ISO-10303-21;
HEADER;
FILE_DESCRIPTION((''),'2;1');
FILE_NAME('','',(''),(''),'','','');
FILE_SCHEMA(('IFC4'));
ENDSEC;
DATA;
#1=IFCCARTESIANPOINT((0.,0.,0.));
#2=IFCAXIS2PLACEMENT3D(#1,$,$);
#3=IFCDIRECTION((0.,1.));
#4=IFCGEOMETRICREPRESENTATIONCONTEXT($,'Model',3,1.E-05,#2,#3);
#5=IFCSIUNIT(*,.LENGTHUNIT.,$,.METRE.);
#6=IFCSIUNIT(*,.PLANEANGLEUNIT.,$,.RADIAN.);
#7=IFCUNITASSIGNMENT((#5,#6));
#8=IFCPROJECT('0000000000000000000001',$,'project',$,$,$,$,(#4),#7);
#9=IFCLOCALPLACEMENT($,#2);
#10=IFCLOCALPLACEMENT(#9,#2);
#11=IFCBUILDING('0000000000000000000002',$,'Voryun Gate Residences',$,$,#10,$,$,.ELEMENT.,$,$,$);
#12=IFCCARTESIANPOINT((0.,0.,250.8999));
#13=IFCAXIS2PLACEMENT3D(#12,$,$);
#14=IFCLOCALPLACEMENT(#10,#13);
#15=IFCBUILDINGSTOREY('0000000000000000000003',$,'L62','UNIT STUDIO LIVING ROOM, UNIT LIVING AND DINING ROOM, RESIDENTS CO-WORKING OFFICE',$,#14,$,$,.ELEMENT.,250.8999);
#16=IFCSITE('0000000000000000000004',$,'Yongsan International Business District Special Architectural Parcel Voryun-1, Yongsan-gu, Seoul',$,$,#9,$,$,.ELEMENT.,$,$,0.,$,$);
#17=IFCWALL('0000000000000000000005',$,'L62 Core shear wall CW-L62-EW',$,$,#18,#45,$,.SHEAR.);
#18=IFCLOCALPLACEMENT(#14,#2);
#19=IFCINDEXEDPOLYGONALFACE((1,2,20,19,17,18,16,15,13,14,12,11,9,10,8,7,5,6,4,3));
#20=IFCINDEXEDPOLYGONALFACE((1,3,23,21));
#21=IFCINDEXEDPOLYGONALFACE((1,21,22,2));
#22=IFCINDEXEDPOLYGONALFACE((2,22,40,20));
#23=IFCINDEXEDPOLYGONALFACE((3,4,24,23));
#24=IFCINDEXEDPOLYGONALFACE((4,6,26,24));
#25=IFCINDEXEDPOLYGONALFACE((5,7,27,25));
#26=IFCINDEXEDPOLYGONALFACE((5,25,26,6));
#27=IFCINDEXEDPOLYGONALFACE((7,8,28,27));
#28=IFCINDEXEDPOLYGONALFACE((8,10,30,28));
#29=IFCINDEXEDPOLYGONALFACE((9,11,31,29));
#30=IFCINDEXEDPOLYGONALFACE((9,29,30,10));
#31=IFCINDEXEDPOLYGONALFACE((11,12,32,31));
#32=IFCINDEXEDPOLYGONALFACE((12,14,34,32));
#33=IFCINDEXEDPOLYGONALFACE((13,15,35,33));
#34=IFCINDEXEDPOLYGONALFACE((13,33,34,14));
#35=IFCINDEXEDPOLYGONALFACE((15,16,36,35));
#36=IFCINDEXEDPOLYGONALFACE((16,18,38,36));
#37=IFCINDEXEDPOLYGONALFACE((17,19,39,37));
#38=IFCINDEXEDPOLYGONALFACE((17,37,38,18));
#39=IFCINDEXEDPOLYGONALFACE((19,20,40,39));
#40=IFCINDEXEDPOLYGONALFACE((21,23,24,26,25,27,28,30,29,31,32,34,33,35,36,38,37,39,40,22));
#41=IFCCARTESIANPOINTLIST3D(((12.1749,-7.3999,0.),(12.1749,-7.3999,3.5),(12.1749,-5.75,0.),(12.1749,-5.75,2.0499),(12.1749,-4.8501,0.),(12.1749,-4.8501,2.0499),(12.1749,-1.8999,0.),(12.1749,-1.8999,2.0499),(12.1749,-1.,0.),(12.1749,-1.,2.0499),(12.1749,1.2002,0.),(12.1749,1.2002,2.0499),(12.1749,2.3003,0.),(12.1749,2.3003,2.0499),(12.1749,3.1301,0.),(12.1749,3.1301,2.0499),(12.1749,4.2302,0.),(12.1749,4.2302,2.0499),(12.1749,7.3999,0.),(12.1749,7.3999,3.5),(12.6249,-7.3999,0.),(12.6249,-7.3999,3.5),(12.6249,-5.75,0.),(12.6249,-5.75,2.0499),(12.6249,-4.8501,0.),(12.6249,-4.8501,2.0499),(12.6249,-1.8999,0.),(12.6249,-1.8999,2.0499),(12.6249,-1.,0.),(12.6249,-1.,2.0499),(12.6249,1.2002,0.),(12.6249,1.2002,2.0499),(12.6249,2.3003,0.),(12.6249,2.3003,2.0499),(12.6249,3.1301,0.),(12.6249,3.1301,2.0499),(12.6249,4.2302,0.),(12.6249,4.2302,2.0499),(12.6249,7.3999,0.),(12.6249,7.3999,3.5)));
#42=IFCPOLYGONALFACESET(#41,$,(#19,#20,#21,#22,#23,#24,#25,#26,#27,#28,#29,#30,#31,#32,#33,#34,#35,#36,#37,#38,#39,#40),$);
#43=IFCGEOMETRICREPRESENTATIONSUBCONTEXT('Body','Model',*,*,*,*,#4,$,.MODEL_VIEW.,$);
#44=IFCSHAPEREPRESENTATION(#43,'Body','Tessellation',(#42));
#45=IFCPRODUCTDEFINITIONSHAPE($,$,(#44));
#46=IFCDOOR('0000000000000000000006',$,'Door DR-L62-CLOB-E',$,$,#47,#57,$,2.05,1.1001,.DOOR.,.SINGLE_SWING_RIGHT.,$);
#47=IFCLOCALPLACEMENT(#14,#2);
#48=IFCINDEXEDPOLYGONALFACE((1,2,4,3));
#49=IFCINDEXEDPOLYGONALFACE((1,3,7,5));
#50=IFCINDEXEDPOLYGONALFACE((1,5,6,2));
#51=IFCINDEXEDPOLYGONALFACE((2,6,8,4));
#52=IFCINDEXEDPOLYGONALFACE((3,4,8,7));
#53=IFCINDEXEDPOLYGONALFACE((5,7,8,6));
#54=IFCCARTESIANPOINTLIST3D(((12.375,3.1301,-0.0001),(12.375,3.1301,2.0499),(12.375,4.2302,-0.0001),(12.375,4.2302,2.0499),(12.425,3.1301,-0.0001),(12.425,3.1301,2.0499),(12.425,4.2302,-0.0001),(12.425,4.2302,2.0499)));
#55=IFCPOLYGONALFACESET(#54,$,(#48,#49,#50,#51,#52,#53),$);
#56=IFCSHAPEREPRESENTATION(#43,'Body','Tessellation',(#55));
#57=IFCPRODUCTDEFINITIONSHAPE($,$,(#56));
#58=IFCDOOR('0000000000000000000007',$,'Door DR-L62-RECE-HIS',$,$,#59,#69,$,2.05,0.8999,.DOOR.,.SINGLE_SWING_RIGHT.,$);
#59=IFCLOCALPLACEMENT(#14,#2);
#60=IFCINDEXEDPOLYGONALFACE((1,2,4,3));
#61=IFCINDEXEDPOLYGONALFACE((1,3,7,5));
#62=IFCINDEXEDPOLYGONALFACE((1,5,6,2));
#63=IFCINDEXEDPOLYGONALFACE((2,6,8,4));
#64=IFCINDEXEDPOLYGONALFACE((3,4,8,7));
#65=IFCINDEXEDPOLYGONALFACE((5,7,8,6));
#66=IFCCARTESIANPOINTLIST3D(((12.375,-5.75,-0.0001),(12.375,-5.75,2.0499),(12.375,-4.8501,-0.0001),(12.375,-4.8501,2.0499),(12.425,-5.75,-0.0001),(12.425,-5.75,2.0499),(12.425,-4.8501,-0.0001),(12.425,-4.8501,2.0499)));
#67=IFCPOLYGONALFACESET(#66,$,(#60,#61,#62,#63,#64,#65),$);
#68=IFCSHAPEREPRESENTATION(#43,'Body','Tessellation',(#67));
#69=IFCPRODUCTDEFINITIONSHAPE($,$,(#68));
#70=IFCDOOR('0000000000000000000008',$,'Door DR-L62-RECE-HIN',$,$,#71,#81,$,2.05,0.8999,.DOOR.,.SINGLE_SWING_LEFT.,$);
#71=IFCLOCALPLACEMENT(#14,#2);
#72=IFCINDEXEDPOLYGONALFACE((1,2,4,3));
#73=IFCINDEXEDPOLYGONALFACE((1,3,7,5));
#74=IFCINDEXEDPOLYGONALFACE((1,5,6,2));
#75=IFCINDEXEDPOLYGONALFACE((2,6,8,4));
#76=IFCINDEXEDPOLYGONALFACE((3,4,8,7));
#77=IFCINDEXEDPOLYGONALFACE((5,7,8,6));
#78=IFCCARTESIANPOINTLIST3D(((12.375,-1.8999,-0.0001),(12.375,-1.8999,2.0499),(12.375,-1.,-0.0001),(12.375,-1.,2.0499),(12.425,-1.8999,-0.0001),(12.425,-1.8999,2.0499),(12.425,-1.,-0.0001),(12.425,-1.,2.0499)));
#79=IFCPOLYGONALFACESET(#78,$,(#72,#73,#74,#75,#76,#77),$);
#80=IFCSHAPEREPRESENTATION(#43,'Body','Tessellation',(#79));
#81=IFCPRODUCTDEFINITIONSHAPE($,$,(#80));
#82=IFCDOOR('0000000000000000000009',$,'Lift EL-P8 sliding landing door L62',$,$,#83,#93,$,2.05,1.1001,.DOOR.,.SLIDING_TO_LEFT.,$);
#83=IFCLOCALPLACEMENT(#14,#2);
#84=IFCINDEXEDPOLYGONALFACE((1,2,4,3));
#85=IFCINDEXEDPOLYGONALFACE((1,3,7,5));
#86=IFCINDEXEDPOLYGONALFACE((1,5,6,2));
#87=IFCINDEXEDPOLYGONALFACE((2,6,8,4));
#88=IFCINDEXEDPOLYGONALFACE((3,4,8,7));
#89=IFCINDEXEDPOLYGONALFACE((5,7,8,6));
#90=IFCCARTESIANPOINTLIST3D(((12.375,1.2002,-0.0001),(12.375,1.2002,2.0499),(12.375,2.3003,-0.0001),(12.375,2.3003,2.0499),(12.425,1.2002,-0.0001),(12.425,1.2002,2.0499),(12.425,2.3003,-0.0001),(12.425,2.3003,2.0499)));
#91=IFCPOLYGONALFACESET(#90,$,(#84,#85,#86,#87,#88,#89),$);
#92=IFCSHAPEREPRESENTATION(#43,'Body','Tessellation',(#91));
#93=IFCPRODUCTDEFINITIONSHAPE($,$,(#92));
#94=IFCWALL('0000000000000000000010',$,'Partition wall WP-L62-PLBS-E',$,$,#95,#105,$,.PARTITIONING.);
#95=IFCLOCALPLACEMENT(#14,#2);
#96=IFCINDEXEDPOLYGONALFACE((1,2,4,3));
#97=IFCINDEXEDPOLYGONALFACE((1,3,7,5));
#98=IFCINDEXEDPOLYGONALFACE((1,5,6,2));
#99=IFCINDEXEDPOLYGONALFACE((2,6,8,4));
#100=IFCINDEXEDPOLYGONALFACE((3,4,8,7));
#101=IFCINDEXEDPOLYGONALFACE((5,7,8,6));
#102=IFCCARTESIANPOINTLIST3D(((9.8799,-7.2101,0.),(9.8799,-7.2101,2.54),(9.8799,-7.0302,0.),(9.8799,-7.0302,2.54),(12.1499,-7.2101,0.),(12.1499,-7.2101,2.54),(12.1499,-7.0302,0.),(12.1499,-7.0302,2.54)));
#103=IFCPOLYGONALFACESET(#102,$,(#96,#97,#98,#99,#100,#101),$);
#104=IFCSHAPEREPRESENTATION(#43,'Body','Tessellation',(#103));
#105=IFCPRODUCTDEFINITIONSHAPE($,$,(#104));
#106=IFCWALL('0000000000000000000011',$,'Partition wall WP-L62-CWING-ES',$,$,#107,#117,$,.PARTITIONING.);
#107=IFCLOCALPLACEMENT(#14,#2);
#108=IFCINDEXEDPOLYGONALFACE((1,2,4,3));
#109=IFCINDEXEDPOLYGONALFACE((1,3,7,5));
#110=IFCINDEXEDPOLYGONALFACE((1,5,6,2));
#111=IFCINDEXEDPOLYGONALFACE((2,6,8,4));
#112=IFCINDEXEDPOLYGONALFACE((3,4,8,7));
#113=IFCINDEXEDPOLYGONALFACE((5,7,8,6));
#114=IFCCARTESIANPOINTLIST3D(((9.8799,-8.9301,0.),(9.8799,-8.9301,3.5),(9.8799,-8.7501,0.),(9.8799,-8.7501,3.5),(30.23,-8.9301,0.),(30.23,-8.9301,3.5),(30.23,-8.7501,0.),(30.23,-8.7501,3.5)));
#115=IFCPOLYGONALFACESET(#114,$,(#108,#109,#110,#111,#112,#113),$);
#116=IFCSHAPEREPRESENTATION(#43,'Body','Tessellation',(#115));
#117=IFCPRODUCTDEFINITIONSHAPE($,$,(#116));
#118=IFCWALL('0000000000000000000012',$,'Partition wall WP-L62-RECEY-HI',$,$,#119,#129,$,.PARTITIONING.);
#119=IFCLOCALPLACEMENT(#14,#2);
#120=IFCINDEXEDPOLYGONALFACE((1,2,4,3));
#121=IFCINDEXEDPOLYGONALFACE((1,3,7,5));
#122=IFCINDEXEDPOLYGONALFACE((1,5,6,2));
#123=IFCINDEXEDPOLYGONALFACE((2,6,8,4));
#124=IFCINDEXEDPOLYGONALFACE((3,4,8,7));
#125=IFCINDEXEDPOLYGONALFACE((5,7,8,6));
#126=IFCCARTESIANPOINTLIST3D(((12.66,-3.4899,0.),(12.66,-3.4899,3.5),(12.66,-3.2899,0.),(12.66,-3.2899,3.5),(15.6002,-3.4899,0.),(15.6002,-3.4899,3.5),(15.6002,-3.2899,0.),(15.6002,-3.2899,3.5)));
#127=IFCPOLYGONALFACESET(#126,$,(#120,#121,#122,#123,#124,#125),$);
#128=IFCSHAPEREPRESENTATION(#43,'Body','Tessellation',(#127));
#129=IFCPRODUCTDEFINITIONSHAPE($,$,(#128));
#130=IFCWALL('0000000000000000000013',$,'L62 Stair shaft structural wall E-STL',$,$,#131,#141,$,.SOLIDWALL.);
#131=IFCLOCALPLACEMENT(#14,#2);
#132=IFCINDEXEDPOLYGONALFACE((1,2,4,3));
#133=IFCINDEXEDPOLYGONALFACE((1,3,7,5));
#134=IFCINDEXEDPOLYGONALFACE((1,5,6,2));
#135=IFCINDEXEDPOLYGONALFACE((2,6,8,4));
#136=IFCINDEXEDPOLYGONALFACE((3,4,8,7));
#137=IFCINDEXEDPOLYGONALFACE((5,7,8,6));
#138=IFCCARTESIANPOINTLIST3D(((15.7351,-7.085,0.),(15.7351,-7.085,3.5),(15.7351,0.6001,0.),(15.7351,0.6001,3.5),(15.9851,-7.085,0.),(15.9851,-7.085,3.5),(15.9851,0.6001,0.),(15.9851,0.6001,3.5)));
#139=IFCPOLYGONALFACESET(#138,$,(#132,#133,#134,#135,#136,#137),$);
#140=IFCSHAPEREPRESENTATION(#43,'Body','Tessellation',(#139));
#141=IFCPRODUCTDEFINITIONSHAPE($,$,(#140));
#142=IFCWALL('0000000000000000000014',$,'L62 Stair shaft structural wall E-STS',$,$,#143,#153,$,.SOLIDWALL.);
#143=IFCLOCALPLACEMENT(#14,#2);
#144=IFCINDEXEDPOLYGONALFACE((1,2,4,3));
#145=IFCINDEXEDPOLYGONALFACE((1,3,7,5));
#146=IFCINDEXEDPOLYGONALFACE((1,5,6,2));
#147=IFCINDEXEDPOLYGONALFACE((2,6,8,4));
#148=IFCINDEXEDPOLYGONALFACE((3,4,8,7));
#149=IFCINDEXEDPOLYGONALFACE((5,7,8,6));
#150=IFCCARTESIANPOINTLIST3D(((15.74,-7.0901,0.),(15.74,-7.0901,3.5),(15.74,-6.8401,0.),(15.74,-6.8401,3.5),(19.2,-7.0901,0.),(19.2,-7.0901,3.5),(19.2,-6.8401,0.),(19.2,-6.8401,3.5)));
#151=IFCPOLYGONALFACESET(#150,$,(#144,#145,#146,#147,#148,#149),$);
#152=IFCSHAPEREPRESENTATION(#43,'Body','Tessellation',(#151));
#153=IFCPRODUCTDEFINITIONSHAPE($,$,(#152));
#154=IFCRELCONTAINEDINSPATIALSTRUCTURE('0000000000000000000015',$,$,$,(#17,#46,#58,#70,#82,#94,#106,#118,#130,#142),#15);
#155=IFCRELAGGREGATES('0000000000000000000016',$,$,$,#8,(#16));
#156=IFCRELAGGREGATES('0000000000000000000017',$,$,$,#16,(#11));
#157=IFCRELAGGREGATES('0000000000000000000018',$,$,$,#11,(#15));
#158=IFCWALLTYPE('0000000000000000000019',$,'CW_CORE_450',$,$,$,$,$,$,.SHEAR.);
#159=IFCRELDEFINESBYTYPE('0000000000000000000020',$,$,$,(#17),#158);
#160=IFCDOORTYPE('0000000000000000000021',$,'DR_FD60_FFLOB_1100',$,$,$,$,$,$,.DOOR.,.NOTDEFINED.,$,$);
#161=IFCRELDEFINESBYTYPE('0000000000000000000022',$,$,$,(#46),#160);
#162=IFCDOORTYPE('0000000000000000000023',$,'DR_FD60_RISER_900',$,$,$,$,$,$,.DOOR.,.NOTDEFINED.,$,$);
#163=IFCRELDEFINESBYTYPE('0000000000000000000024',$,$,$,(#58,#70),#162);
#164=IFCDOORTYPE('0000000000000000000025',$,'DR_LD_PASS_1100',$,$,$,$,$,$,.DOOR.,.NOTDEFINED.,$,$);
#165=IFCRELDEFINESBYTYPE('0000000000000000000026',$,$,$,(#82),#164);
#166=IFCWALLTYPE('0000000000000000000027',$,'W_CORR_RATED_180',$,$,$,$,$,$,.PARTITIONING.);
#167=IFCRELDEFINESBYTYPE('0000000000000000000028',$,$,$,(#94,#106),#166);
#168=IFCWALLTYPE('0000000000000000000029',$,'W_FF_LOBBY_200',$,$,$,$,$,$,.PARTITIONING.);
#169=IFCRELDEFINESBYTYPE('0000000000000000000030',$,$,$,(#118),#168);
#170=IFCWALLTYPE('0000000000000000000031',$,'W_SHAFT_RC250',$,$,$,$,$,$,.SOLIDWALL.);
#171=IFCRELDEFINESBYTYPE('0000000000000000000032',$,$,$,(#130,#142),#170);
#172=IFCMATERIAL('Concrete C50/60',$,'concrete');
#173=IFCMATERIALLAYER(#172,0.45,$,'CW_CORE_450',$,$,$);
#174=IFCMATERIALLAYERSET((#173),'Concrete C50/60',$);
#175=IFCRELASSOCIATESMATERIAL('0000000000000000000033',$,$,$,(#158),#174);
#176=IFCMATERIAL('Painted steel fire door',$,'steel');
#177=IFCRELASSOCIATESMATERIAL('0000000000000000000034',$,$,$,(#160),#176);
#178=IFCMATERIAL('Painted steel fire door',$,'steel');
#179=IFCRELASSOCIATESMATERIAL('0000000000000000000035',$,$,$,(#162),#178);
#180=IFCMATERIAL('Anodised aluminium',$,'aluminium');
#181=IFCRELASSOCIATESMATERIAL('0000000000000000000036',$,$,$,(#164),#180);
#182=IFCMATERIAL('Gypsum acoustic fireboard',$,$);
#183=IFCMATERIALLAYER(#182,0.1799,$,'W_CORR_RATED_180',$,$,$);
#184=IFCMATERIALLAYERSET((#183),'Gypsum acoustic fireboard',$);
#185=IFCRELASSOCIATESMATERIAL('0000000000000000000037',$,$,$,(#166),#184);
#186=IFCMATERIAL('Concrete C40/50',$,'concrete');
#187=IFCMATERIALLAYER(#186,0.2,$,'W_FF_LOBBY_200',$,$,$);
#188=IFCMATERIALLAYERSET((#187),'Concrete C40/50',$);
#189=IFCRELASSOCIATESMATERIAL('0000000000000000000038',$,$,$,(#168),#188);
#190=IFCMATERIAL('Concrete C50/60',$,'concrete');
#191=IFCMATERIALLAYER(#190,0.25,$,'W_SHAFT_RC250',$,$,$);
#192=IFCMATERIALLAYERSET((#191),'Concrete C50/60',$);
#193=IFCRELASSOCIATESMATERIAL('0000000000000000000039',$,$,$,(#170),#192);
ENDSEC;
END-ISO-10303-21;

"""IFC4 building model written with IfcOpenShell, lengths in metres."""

from ifc_helpers import new_model, si_unit, direction, frame, frame_2d, origin, place, context, subcontext, project, spatial, rectangle, extrude, material, layer, layer_set, type_object, element, fill, save


model = new_model("IFC4")

# Units and contexts
model_context = context("Model", 3, precision=1e-05, world=origin(), true_north=direction((0.0, 1.0)))
body_context = subcontext(model_context, "Body", "Model", "MODEL_VIEW")
ifc_project = project(units=[si_unit("LENGTHUNIT", "METRE"), si_unit("PLANEANGLEUNIT", "RADIAN")], contexts=[model_context])

# Site, building, storey
site_placement = place(None, origin())
site = spatial("IfcSite", under=ifc_project, at=site_placement, Name="Yongsan International Business District Special Architectural Parcel Voryun-1, Yongsan-gu, Seoul", CompositionType="ELEMENT", RefElevation=0.0)
building_placement = place(site_placement, origin())
building = spatial("IfcBuilding", under=site, at=building_placement, Name="Voryun Gate Residences", CompositionType="ELEMENT")
storey_placement = place(building_placement, frame((0.0, 0.0, 250.8999)))
storey = spatial("IfcBuildingStorey", under=building, at=storey_placement, Name="L62", Description="UNIT STUDIO LIVING ROOM, UNIT LIVING AND DINING ROOM, RESIDENTS CO-WORKING OFFICE", CompositionType="ELEMENT", Elevation=250.8999)

# Shared definitions
ifc_material_1 = material(Name="Concrete C50/60", Category="concrete")
ifc_layer_1 = layer(ifc_material_1, 0.45, Name="CW_CORE_450")
ifc_layer_set_1 = layer_set([ifc_layer_1], Name="Concrete C50/60")
wall_type_1 = type_object("IfcWallType", Name="CW_CORE_450", PredefinedType="SHEAR", material=ifc_layer_set_1)

# Wall, openings, doors
wall_1_placement = place(storey_placement, frame((12.3999, -7.3999, 0.0), z_axis=(0.0, 0.0, 1.0), x_axis=(0.0, 1.0, 0.0)))
wall_1 = element("IfcWall", 1, at=wall_1_placement, inside=storey, type_object=wall_type_1, Name="L62 Core shear wall CW-L62-EW", PredefinedType="SHEAR", context=body_context, shape_type="SweptSolid", body=[
    extrude(rectangle(XDim=14.7998, YDim=0.45, at=frame_2d((7.3999, 0.0))), origin(), (0.0, 0.0, 1.0), 3.5),
])
opening_1_placement = place(wall_1_placement, frame((8.6001, 0.0, 0.0)))
opening_1 = element("IfcOpeningElement", 2, at=opening_1_placement, cuts=wall_1, PredefinedType="OPENING", context=body_context, shape_type="SweptSolid", body=[
    extrude(rectangle(XDim=1.1001, YDim=2.05, at=frame_2d((0.55, 1.0249))), frame((0.0, 0.2351, 0.0), z_axis=(0.0, -1.0, 0.0), x_axis=(1.0, 0.0, 0.0)), (0.0, 0.0, 1.0), 0.47),
])
opening_2_placement = place(wall_1_placement, frame((10.53, 0.0, 0.0)))
opening_2 = element("IfcOpeningElement", 3, at=opening_2_placement, cuts=wall_1, PredefinedType="OPENING", context=body_context, shape_type="SweptSolid", body=[
    extrude(rectangle(XDim=1.1001, YDim=2.05, at=frame_2d((0.55, 1.0249))), frame((0.0, 0.2351, 0.0), z_axis=(0.0, -1.0, 0.0), x_axis=(1.0, 0.0, 0.0)), (0.0, 0.0, 1.0), 0.47),
])
opening_3_placement = place(wall_1_placement, frame((1.6499, 0.0, 0.0)))
opening_3 = element("IfcOpeningElement", 4, at=opening_3_placement, cuts=wall_1, PredefinedType="OPENING", context=body_context, shape_type="SweptSolid", body=[
    extrude(rectangle(XDim=0.8999, YDim=2.05, at=frame_2d((0.45, 1.0249))), frame((0.0, 0.2351, 0.0), z_axis=(0.0, -1.0, 0.0), x_axis=(1.0, 0.0, 0.0)), (0.0, 0.0, 1.0), 0.47),
])
opening_4_placement = place(wall_1_placement, frame((5.5, 0.0, 0.0)))
opening_4 = element("IfcOpeningElement", 5, at=opening_4_placement, cuts=wall_1, PredefinedType="OPENING", context=body_context, shape_type="SweptSolid", body=[
    extrude(rectangle(XDim=0.8999, YDim=2.05, at=frame_2d((0.45, 1.0249))), frame((0.0, 0.2351, 0.0), z_axis=(0.0, -1.0, 0.0), x_axis=(1.0, 0.0, 0.0)), (0.0, 0.0, 1.0), 0.47),
])
ifc_material_2 = material(Name="Painted steel fire door", Category="steel")
door_type_1 = type_object("IfcDoorType", Name="DR_FD60_FFLOB_1100", OperationType="NOTDEFINED", PredefinedType="DOOR", material=ifc_material_2)
door_1_placement = place(opening_2_placement, origin())
door_1 = element("IfcDoor", 6, at=door_1_placement, inside=storey, type_object=door_type_1, Name="Door DR-L62-CLOB-E", OperationType="SINGLE_SWING_RIGHT", OverallHeight=2.05, OverallWidth=1.1001, PredefinedType="DOOR", context=body_context, shape_type="SweptSolid", body=[
    extrude(rectangle(XDim=1.1001, YDim=2.05, at=frame_2d((0.55, 1.0249))), frame((0.0, 0.0249, 0.0), z_axis=(0.0, -1.0, 0.0), x_axis=(1.0, 0.0, 0.0)), (0.0, 0.0, 1.0), 0.05),
])
fill(opening_2, door_1)
ifc_material_3 = material(Name="Painted steel fire door", Category="steel")
door_type_2 = type_object("IfcDoorType", Name="DR_FD60_RISER_900", OperationType="NOTDEFINED", PredefinedType="DOOR", material=ifc_material_3)
door_2_placement = place(opening_3_placement, origin())
door_2 = element("IfcDoor", 7, at=door_2_placement, inside=storey, type_object=door_type_2, Name="Door DR-L62-RECE-HIS", OperationType="SINGLE_SWING_RIGHT", OverallHeight=2.05, OverallWidth=0.8999, PredefinedType="DOOR", context=body_context, shape_type="SweptSolid", body=[
    extrude(rectangle(XDim=0.8999, YDim=2.05, at=frame_2d((0.45, 1.0249))), frame((0.0, 0.0249, 0.0), z_axis=(0.0, -1.0, 0.0), x_axis=(1.0, 0.0, 0.0)), (0.0, 0.0, 1.0), 0.05),
])
fill(opening_3, door_2)
door_3_placement = place(opening_4_placement, origin())
door_3 = element("IfcDoor", 8, at=door_3_placement, inside=storey, type_object=door_type_2, Name="Door DR-L62-RECE-HIN", OperationType="SINGLE_SWING_LEFT", OverallHeight=2.05, OverallWidth=0.8999, PredefinedType="DOOR", context=body_context, shape_type="SweptSolid", body=[
    extrude(rectangle(XDim=0.8999, YDim=2.05, at=frame_2d((0.45, 1.0249))), frame((0.0, 0.0249, 0.0), z_axis=(0.0, -1.0, 0.0), x_axis=(1.0, 0.0, 0.0)), (0.0, 0.0, 1.0), 0.05),
])
fill(opening_4, door_3)
ifc_material_4 = material(Name="Anodised aluminium", Category="aluminium")
door_type_3 = type_object("IfcDoorType", Name="DR_LD_PASS_1100", OperationType="NOTDEFINED", PredefinedType="DOOR", material=ifc_material_4)
door_4_placement = place(opening_1_placement, origin())
door_4 = element("IfcDoor", 9, at=door_4_placement, inside=storey, type_object=door_type_3, Name="Lift EL-P8 sliding landing door L62", OperationType="SLIDING_TO_LEFT", OverallHeight=2.05, OverallWidth=1.1001, PredefinedType="DOOR", context=body_context, shape_type="SweptSolid", body=[
    extrude(rectangle(XDim=1.1001, YDim=2.05, at=frame_2d((0.55, 1.0249))), frame((0.0, 0.0249, 0.0), z_axis=(0.0, -1.0, 0.0), x_axis=(1.0, 0.0, 0.0)), (0.0, 0.0, 1.0), 0.05),
])
fill(opening_1, door_4)

# Walls
ifc_material_5 = material(Name="Gypsum acoustic fireboard")
ifc_layer_2 = layer(ifc_material_5, 0.1799, Name="W_CORR_RATED_180")
ifc_layer_set_2 = layer_set([ifc_layer_2], Name="Gypsum acoustic fireboard")
wall_type_2 = type_object("IfcWallType", Name="W_CORR_RATED_180", PredefinedType="PARTITIONING", material=ifc_layer_set_2)
wall_2_placement = place(storey_placement, frame((9.8799, -7.1201, 0.0), z_axis=(0.0, 0.0, 1.0), x_axis=(1.0, 0.0, 0.0)))
element("IfcWall", 10, at=wall_2_placement, inside=storey, type_object=wall_type_2, Name="Partition wall WP-L62-PLBS-E", PredefinedType="PARTITIONING", context=body_context, shape_type="SweptSolid", body=[
    extrude(rectangle(XDim=2.27, YDim=0.1799, at=frame_2d((1.135, 0.0))), origin(), (0.0, 0.0, 1.0), 2.54),
])
wall_3_placement = place(storey_placement, frame((9.8799, -8.8401, 0.0), z_axis=(0.0, 0.0, 1.0), x_axis=(1.0, 0.0, 0.0)))
element("IfcWall", 11, at=wall_3_placement, inside=storey, type_object=wall_type_2, Name="Partition wall WP-L62-CWING-ES", PredefinedType="PARTITIONING", context=body_context, shape_type="SweptSolid", body=[
    extrude(rectangle(XDim=20.3501, YDim=0.1799, at=frame_2d((10.175, 0.0))), origin(), (0.0, 0.0, 1.0), 3.5),
])
ifc_material_6 = material(Name="Concrete C40/50", Category="concrete")
ifc_layer_3 = layer(ifc_material_6, 0.2, Name="W_FF_LOBBY_200")
ifc_layer_set_3 = layer_set([ifc_layer_3], Name="Concrete C40/50")
wall_type_3 = type_object("IfcWallType", Name="W_FF_LOBBY_200", PredefinedType="PARTITIONING", material=ifc_layer_set_3)
wall_4_placement = place(storey_placement, frame((12.6599, -3.3899, 0.0), z_axis=(0.0, 0.0, 1.0), x_axis=(1.0, 0.0, 0.0)))
element("IfcWall", 12, at=wall_4_placement, inside=storey, type_object=wall_type_3, Name="Partition wall WP-L62-RECEY-HI", PredefinedType="PARTITIONING", context=body_context, shape_type="SweptSolid", body=[
    extrude(rectangle(XDim=2.9402, YDim=0.2, at=frame_2d((1.4702, 0.0))), origin(), (0.0, 0.0, 1.0), 3.5),
])
ifc_material_7 = material(Name="Concrete C50/60", Category="concrete")
ifc_layer_4 = layer(ifc_material_7, 0.25, Name="W_SHAFT_RC250")
ifc_layer_set_4 = layer_set([ifc_layer_4], Name="Concrete C50/60")
wall_type_4 = type_object("IfcWallType", Name="W_SHAFT_RC250", PredefinedType="SOLIDWALL", material=ifc_layer_set_4)
wall_5_placement = place(storey_placement, frame((15.8601, -7.085, 0.0), z_axis=(0.0, 0.0, 1.0), x_axis=(0.0, 1.0, 0.0)))
element("IfcWall", 13, at=wall_5_placement, inside=storey, type_object=wall_type_4, Name="L62 Stair shaft structural wall E-STL", PredefinedType="SOLIDWALL", context=body_context, shape_type="SweptSolid", body=[
    extrude(rectangle(XDim=7.6851, YDim=0.25, at=frame_2d((3.8425, 0.0))), origin(), (0.0, 0.0, 1.0), 3.5),
])
wall_6_placement = place(storey_placement, frame((15.74, -6.9651, 0.0), z_axis=(0.0, 0.0, 1.0), x_axis=(1.0, 0.0, 0.0)))
element("IfcWall", 14, at=wall_6_placement, inside=storey, type_object=wall_type_4, Name="L62 Stair shaft structural wall E-STS", PredefinedType="SOLIDWALL", context=body_context, shape_type="SweptSolid", body=[
    extrude(rectangle(XDim=3.46, YDim=0.25, at=frame_2d((1.73, 0.0))), origin(), (0.0, 0.0, 1.0), 3.5),
])

save(model, "model.ifc")
